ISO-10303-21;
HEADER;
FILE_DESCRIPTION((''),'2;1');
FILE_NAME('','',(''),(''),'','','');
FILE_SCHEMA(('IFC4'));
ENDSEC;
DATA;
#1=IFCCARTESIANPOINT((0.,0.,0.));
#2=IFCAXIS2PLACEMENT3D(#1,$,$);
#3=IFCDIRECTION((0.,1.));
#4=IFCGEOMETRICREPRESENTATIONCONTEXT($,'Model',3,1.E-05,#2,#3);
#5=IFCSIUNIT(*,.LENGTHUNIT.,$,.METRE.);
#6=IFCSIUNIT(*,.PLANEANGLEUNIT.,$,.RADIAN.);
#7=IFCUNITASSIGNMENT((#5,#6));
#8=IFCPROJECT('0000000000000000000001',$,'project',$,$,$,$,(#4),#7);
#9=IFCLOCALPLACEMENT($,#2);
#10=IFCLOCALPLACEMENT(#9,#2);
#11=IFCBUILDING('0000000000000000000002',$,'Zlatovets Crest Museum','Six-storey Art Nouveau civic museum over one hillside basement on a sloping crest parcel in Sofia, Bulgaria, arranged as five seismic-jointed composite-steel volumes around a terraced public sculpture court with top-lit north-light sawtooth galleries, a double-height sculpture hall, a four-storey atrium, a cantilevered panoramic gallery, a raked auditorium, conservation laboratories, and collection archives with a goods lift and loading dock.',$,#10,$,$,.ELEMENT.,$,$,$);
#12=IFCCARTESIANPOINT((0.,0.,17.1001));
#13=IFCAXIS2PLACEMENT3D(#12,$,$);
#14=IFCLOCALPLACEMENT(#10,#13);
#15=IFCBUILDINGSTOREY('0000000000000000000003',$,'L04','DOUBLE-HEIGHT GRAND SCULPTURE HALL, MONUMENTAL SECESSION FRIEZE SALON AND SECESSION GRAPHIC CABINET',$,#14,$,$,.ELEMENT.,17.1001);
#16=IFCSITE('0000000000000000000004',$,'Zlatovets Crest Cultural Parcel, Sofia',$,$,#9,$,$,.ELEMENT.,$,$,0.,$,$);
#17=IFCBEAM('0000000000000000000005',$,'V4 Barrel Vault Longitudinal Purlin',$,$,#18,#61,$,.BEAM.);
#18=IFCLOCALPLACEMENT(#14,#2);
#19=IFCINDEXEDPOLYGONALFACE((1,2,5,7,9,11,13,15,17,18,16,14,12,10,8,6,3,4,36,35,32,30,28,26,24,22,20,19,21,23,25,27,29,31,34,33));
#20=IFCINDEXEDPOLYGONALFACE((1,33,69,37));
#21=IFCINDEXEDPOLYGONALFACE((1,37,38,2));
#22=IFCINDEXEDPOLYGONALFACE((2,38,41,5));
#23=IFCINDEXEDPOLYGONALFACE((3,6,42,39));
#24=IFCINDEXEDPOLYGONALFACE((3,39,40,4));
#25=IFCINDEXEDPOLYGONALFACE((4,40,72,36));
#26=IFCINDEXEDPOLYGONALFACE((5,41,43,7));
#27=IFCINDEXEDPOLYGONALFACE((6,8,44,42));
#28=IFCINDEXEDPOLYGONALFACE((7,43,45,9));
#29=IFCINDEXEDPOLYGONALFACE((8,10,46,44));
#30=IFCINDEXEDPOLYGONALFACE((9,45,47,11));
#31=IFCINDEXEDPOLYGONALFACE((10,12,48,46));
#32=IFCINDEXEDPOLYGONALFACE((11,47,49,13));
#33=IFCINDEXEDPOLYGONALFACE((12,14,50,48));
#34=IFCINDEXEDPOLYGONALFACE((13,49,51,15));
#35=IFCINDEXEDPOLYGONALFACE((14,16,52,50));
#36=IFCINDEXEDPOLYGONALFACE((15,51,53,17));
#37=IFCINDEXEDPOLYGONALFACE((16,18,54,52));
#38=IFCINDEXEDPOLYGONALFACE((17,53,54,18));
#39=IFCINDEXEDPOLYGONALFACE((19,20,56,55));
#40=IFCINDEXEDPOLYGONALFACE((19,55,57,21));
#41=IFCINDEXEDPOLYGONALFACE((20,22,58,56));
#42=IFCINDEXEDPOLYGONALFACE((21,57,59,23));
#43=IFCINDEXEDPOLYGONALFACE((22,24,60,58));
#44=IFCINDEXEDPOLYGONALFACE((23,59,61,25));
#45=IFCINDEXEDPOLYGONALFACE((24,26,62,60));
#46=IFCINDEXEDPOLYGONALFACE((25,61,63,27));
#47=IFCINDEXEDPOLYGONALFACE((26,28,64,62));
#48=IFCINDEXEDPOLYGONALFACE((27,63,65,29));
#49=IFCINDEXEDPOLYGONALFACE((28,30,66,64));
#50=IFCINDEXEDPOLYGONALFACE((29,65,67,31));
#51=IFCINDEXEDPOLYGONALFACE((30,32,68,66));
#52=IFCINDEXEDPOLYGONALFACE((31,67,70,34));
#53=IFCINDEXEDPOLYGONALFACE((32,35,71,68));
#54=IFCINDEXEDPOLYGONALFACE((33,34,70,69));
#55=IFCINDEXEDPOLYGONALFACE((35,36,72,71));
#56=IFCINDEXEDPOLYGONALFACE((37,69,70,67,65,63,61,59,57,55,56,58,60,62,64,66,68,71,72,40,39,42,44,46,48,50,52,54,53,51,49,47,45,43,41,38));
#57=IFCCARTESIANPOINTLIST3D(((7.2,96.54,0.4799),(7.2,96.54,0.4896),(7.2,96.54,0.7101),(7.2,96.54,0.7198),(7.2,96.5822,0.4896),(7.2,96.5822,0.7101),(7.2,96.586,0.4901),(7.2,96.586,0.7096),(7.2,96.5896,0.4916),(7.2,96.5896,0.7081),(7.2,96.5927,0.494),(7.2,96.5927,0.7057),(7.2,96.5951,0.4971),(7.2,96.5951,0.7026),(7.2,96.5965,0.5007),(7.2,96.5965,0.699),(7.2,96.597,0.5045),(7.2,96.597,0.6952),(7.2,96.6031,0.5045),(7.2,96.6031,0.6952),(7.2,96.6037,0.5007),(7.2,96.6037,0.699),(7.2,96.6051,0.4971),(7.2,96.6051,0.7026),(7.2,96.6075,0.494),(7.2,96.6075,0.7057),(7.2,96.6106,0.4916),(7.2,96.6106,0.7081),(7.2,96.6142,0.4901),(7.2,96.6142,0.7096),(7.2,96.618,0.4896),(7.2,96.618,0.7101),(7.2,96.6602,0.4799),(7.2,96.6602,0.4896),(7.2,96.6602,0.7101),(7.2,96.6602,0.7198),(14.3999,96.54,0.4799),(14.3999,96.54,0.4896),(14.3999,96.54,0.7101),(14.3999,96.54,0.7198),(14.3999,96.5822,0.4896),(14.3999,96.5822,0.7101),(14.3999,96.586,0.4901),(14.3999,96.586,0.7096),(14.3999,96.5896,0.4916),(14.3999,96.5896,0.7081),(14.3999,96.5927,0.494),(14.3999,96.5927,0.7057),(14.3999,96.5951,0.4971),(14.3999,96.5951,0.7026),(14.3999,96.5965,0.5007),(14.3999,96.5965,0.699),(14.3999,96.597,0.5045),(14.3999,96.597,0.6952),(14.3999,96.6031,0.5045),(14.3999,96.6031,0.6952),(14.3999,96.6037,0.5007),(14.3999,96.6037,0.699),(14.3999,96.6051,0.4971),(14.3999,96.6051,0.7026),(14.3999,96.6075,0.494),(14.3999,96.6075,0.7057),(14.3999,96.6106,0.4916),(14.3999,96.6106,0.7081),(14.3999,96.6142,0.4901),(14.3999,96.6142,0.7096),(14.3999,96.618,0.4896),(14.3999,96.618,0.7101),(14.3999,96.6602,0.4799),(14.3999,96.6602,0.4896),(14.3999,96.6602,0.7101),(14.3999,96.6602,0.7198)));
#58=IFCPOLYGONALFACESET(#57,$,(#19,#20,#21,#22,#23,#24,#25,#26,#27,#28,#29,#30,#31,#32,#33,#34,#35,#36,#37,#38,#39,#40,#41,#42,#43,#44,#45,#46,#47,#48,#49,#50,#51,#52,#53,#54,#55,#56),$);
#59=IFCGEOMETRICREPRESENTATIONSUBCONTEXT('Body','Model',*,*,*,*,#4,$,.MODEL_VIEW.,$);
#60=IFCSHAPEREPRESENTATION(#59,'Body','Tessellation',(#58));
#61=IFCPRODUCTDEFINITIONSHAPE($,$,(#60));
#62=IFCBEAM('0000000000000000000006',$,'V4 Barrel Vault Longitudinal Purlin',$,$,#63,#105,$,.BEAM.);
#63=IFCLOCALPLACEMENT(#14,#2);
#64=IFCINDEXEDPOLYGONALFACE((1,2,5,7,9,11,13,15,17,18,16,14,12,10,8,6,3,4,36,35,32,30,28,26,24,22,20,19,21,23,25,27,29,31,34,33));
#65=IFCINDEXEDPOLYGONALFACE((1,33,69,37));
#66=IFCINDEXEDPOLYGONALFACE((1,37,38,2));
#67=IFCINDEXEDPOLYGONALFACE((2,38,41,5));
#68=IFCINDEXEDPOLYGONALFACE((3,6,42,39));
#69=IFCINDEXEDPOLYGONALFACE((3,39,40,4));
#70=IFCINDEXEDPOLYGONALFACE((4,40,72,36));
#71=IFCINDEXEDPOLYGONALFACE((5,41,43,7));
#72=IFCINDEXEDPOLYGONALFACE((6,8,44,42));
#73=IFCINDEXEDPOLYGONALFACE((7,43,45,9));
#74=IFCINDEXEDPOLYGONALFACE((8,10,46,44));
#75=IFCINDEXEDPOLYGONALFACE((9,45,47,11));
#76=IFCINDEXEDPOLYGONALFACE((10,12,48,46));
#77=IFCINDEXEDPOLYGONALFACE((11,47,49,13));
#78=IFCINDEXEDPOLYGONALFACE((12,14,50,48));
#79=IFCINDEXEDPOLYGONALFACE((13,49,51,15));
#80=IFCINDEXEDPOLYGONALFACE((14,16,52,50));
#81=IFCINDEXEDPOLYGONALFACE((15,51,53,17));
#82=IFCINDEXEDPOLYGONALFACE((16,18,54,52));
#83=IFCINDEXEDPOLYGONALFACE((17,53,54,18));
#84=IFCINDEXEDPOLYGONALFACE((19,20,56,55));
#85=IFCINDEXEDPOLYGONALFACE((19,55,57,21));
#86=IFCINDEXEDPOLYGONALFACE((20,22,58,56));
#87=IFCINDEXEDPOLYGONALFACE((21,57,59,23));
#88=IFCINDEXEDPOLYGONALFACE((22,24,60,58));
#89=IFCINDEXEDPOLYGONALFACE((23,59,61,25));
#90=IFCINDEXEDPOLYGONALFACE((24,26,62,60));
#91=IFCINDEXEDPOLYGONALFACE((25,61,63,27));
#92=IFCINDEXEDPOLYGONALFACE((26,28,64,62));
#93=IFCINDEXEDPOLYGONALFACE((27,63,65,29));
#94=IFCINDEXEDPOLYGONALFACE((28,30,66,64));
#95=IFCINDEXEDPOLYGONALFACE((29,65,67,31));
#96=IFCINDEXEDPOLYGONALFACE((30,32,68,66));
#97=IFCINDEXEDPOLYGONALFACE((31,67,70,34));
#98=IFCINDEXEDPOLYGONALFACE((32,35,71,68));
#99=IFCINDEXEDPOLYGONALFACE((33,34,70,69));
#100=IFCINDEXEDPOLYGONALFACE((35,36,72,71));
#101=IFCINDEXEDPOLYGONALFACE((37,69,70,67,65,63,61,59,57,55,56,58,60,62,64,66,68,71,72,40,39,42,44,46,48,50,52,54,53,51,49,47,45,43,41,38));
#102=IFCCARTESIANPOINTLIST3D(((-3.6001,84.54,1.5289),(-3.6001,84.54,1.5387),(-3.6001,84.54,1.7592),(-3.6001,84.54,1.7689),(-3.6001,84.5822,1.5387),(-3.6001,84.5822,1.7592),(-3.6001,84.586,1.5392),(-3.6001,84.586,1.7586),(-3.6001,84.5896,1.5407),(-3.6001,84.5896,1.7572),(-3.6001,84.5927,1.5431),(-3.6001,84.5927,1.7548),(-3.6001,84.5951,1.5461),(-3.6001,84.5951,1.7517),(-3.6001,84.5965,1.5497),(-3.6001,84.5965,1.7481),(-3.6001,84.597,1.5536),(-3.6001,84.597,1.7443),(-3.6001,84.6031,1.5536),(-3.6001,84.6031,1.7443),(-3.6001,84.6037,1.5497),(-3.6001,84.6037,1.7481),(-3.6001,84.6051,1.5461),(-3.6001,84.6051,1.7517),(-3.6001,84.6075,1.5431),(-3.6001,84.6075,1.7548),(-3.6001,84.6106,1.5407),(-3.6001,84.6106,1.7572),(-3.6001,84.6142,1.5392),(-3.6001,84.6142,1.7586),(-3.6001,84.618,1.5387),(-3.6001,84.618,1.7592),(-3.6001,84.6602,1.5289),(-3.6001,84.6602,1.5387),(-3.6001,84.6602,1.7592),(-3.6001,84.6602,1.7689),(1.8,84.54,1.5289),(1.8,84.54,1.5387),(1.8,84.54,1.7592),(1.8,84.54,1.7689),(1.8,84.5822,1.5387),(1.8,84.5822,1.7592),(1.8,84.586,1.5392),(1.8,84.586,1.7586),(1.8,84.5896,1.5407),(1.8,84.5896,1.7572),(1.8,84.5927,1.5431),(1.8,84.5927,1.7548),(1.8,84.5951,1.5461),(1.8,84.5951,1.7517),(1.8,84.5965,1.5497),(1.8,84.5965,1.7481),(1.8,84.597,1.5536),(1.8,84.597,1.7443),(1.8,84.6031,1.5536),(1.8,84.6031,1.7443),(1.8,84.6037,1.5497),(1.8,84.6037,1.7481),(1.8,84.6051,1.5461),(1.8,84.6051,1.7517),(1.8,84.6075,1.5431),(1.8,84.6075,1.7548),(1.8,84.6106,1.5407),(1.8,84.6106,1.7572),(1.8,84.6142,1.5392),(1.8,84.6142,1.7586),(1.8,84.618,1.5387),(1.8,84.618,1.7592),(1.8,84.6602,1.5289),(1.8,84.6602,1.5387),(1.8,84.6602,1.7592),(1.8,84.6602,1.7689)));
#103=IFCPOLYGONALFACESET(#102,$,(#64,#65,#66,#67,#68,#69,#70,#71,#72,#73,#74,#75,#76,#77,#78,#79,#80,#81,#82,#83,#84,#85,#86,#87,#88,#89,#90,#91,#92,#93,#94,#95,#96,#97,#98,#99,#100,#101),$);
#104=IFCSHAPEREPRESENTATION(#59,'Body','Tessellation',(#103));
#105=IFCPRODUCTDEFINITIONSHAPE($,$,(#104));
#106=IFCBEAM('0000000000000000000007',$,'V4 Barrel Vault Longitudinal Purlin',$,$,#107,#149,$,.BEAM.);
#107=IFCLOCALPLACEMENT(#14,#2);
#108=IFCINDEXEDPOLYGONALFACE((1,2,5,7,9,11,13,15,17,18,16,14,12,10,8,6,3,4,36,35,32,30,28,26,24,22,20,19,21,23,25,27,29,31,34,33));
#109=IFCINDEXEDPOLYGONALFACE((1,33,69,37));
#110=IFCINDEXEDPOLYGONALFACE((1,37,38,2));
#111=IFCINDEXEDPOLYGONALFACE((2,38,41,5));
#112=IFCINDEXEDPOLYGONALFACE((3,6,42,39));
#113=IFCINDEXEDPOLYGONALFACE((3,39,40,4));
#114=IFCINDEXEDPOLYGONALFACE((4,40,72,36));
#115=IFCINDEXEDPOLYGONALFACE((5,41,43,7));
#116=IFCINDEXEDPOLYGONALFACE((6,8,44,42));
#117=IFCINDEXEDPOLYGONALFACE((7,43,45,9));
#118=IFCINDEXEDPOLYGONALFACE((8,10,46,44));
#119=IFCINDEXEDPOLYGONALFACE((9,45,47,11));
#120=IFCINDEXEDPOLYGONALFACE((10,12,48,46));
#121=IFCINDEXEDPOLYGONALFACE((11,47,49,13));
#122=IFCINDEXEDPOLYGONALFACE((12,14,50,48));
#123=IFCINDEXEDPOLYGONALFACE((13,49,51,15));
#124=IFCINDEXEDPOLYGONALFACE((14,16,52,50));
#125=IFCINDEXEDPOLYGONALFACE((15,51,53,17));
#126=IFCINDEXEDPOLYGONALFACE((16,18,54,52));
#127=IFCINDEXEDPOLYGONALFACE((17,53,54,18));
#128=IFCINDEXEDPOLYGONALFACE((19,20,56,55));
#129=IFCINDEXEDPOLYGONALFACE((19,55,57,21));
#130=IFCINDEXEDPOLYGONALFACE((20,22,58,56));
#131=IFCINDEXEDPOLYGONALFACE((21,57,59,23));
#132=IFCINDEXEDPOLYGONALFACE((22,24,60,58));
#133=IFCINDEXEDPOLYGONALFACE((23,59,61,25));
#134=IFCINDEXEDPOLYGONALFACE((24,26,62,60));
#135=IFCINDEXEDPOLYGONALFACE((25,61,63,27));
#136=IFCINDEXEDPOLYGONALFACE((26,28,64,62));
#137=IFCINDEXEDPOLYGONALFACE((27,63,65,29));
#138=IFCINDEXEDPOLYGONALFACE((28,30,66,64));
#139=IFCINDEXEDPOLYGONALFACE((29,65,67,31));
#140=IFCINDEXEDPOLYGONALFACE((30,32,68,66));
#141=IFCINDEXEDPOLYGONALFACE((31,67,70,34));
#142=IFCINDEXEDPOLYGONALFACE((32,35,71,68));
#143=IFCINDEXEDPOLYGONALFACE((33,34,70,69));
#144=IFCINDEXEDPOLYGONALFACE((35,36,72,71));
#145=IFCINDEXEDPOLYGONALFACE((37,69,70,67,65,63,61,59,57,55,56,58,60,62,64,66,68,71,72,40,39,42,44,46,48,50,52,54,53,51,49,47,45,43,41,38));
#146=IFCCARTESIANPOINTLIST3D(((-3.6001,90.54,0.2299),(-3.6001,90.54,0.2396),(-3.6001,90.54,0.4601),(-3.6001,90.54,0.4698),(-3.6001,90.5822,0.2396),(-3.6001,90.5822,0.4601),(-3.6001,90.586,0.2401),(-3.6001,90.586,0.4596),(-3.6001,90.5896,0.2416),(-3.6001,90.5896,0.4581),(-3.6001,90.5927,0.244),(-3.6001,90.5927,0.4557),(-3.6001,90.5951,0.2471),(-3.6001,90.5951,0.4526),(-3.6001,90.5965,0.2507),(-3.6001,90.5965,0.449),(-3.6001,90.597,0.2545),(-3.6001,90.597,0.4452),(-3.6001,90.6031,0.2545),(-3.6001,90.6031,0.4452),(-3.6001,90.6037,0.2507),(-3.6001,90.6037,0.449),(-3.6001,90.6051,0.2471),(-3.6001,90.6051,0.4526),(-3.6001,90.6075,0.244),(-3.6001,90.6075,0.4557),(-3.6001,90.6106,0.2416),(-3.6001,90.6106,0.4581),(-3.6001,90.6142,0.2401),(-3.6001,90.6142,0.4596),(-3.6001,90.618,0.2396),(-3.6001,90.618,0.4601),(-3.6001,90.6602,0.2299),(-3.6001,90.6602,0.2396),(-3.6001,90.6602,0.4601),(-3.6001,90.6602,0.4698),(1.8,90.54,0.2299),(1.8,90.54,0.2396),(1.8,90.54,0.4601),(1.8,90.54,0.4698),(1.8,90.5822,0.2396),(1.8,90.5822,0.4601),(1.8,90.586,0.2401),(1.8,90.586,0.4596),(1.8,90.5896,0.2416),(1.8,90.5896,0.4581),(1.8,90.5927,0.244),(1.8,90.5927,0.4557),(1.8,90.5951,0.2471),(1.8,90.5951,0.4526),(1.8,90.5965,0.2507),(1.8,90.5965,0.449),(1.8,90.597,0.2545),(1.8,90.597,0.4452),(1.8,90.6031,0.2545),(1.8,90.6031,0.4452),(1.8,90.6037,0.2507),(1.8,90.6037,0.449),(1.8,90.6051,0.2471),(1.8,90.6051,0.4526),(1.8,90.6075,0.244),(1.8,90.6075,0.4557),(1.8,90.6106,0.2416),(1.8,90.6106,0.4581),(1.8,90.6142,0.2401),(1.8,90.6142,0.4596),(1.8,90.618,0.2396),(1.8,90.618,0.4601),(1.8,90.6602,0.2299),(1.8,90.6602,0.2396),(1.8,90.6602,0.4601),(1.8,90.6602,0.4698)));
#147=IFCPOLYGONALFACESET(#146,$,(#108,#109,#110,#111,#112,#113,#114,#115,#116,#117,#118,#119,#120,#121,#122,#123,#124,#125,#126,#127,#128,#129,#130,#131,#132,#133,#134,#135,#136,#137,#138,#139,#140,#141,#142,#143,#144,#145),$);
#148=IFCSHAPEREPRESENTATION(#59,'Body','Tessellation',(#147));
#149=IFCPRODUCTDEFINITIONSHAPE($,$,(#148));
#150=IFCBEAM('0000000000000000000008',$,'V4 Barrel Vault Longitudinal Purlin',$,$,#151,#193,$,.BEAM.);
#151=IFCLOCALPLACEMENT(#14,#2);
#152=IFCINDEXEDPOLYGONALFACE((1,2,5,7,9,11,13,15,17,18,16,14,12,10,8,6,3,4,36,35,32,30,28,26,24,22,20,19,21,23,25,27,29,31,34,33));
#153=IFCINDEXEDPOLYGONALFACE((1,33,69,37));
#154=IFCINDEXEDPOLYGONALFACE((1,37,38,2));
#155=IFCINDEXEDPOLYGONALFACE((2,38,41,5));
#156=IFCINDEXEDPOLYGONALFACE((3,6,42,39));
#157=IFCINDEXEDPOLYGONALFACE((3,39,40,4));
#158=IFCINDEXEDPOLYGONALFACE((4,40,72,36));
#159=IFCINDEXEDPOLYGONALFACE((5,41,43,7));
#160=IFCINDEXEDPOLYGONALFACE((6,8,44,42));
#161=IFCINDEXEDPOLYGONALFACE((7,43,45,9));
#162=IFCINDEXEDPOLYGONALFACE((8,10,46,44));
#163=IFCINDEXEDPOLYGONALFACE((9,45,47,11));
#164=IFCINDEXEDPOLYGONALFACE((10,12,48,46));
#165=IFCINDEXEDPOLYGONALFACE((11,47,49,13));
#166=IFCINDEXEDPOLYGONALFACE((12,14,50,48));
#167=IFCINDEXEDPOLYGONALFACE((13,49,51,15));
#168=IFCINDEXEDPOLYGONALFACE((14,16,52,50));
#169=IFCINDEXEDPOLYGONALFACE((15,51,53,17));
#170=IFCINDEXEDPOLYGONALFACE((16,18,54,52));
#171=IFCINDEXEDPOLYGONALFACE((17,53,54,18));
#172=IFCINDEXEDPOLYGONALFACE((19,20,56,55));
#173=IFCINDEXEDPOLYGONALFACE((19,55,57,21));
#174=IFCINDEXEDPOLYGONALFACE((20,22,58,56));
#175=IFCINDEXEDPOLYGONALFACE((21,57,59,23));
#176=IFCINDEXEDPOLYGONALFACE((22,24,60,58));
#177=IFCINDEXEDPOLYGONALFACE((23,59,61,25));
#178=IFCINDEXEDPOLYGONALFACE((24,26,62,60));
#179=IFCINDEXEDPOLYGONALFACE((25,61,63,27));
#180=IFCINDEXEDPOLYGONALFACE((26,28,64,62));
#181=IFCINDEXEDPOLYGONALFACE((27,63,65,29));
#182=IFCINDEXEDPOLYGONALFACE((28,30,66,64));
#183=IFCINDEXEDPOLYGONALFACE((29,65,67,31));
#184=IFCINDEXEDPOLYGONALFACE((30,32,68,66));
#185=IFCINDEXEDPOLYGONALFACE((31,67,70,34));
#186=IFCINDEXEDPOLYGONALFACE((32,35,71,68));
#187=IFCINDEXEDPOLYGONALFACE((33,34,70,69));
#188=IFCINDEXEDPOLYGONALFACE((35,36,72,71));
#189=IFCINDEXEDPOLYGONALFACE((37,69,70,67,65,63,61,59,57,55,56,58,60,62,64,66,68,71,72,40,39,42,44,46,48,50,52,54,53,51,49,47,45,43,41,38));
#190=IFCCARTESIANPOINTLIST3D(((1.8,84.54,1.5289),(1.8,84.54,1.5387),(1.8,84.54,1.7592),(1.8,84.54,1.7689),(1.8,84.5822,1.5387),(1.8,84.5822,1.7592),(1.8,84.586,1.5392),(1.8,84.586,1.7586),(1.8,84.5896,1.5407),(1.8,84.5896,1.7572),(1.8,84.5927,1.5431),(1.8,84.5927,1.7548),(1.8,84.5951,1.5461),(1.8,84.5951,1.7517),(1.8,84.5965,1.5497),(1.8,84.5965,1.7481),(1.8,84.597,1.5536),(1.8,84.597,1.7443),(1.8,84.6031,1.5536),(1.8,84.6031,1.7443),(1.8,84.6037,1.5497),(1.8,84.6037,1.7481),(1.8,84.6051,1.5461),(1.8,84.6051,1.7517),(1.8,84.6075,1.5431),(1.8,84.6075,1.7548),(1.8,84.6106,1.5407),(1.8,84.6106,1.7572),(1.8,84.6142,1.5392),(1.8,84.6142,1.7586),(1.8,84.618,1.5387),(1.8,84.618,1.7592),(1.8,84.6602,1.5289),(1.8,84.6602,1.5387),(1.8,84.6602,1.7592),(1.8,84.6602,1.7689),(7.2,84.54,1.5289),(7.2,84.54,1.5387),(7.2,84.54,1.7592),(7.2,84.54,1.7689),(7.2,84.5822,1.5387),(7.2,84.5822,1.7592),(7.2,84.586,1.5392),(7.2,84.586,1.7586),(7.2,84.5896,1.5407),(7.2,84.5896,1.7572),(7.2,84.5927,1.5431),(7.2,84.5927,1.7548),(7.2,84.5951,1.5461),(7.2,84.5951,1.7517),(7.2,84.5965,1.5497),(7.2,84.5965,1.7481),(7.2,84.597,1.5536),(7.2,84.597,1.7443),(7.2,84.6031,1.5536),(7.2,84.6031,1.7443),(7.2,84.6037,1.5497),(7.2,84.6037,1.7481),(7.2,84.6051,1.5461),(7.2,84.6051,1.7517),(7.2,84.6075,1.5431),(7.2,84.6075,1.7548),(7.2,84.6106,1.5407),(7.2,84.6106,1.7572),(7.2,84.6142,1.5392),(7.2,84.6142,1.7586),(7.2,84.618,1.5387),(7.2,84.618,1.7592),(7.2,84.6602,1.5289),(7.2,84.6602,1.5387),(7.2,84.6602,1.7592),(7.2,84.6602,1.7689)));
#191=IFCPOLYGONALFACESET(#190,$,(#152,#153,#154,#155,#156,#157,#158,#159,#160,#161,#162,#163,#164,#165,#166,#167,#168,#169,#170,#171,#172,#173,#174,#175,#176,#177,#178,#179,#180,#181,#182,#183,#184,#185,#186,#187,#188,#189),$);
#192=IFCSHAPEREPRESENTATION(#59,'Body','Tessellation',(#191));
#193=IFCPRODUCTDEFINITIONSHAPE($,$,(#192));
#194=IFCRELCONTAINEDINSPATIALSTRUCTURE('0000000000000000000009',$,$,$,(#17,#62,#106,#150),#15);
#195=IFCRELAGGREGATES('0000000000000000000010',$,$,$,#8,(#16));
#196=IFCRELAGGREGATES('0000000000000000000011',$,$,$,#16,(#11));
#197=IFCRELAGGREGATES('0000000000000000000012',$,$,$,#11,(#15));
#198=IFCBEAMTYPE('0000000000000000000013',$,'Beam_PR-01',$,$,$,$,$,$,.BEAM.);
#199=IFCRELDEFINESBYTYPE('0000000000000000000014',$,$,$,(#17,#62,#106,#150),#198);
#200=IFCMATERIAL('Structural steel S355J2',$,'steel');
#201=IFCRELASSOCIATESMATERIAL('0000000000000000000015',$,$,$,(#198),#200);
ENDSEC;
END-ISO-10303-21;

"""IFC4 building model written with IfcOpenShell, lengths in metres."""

from ifc_helpers import new_model, si_unit, direction, frame, origin, origin_2d, place, context, subcontext, project, spatial, i_section, extrude, material, material_profile, profile_set, type_object, element, save


model = new_model("IFC4")

# Units and contexts
model_context = context("Model", 3, precision=1e-05, world=origin(), true_north=direction((0.0, 1.0)))
body_context = subcontext(model_context, "Body", "Model", "MODEL_VIEW")
ifc_project = project(units=[si_unit("LENGTHUNIT", "METRE"), si_unit("PLANEANGLEUNIT", "RADIAN")], contexts=[model_context])

# Site, building, storey
site_placement = place(None, origin())
site = spatial("IfcSite", under=ifc_project, at=site_placement, Name="Zlatovets Crest Cultural Parcel, Sofia", CompositionType="ELEMENT", RefElevation=0.0)
building_placement = place(site_placement, origin())
building = spatial("IfcBuilding", under=site, at=building_placement, Name="Zlatovets Crest Museum", Description="Six-storey Art Nouveau civic museum over one hillside basement on a sloping crest parcel in Sofia, Bulgaria, arranged as five seismic-jointed composite-steel volumes around a terraced public sculpture court with top-lit north-light sawtooth galleries, a double-height sculpture hall, a four-storey atrium, a cantilevered panoramic gallery, a raked auditorium, conservation laboratories, and collection archives with a goods lift and loading dock.", CompositionType="ELEMENT")
storey_placement = place(building_placement, frame((0.0, 0.0, 17.1001)))
storey = spatial("IfcBuildingStorey", under=building, at=storey_placement, Name="L04", Description="DOUBLE-HEIGHT GRAND SCULPTURE HALL, MONUMENTAL SECESSION FRIEZE SALON AND SECESSION GRAPHIC CABINET", CompositionType="ELEMENT", Elevation=17.1001)

# Beams
ifc_material_1 = material(Name="Structural steel S355J2", Category="steel")
ifc_material_profile_1 = material_profile(ifc_material_1, i_section(OverallWidth=0.1201, OverallDepth=0.24, WebThickness=0.0061, FlangeThickness=0.0098, FilletRadius=0.0149, at=origin_2d()), Name="IPE 240")
ifc_profile_set_1 = profile_set([ifc_material_profile_1], Name="Structural steel S355J2")
beam_type_1 = type_object("IfcBeamType", Name="Beam_PR-01", PredefinedType="BEAM", material=ifc_profile_set_1)
for number, where, z_axis, x_axis, name in (
    (1, (7.2, 96.6001, 0.5999), (1.0, 0.0, 0.0), (0.0, 1.0, 0.0), "V4 Barrel Vault Longitudinal Purlin"),
):
    element("IfcBeam", number, at=place(storey_placement, frame(where, z_axis=z_axis, x_axis=x_axis)), inside=storey, type_object=beam_type_1, Name=name, PredefinedType="BEAM", context=body_context, shape_type="SweptSolid", body=[
        extrude(i_section(OverallWidth=0.1201, OverallDepth=0.24, WebThickness=0.0061, FlangeThickness=0.0098, FilletRadius=0.0149, at=origin_2d()), origin(), (0.0, 0.0, 1.0), 7.2),
    ])
for number, where, z_axis, x_axis, name in (
    (2, (-3.6001, 84.6001, 1.6489), (1.0, 0.0, 0.0), (0.0, 1.0, 0.0), "V4 Barrel Vault Longitudinal Purlin"),
    (3, (-3.6001, 90.6001, 0.3499), (1.0, 0.0, 0.0), (0.0, 1.0, 0.0), "V4 Barrel Vault Longitudinal Purlin"),
):
    element("IfcBeam", number, at=place(storey_placement, frame(where, z_axis=z_axis, x_axis=x_axis)), inside=storey, type_object=beam_type_1, Name=name, PredefinedType="BEAM", context=body_context, shape_type="SweptSolid", body=[
        extrude(i_section(OverallWidth=0.1201, OverallDepth=0.24, WebThickness=0.0061, FlangeThickness=0.0098, FilletRadius=0.0149, at=origin_2d()), origin(), (0.0, 0.0, 1.0), 5.4001),
    ])
for number, where, z_axis, x_axis, name in (
    (4, (1.8, 84.6001, 1.6489), (1.0, 0.0, 0.0), (0.0, 1.0, 0.0), "V4 Barrel Vault Longitudinal Purlin"),
):
    element("IfcBeam", number, at=place(storey_placement, frame(where, z_axis=z_axis, x_axis=x_axis)), inside=storey, type_object=beam_type_1, Name=name, PredefinedType="BEAM", context=body_context, shape_type="SweptSolid", body=[
        extrude(i_section(OverallWidth=0.1201, OverallDepth=0.24, WebThickness=0.0061, FlangeThickness=0.0098, FilletRadius=0.0149, at=origin_2d()), origin(), (0.0, 0.0, 1.0), 5.3999),
    ])

save(model, "model.ifc")
